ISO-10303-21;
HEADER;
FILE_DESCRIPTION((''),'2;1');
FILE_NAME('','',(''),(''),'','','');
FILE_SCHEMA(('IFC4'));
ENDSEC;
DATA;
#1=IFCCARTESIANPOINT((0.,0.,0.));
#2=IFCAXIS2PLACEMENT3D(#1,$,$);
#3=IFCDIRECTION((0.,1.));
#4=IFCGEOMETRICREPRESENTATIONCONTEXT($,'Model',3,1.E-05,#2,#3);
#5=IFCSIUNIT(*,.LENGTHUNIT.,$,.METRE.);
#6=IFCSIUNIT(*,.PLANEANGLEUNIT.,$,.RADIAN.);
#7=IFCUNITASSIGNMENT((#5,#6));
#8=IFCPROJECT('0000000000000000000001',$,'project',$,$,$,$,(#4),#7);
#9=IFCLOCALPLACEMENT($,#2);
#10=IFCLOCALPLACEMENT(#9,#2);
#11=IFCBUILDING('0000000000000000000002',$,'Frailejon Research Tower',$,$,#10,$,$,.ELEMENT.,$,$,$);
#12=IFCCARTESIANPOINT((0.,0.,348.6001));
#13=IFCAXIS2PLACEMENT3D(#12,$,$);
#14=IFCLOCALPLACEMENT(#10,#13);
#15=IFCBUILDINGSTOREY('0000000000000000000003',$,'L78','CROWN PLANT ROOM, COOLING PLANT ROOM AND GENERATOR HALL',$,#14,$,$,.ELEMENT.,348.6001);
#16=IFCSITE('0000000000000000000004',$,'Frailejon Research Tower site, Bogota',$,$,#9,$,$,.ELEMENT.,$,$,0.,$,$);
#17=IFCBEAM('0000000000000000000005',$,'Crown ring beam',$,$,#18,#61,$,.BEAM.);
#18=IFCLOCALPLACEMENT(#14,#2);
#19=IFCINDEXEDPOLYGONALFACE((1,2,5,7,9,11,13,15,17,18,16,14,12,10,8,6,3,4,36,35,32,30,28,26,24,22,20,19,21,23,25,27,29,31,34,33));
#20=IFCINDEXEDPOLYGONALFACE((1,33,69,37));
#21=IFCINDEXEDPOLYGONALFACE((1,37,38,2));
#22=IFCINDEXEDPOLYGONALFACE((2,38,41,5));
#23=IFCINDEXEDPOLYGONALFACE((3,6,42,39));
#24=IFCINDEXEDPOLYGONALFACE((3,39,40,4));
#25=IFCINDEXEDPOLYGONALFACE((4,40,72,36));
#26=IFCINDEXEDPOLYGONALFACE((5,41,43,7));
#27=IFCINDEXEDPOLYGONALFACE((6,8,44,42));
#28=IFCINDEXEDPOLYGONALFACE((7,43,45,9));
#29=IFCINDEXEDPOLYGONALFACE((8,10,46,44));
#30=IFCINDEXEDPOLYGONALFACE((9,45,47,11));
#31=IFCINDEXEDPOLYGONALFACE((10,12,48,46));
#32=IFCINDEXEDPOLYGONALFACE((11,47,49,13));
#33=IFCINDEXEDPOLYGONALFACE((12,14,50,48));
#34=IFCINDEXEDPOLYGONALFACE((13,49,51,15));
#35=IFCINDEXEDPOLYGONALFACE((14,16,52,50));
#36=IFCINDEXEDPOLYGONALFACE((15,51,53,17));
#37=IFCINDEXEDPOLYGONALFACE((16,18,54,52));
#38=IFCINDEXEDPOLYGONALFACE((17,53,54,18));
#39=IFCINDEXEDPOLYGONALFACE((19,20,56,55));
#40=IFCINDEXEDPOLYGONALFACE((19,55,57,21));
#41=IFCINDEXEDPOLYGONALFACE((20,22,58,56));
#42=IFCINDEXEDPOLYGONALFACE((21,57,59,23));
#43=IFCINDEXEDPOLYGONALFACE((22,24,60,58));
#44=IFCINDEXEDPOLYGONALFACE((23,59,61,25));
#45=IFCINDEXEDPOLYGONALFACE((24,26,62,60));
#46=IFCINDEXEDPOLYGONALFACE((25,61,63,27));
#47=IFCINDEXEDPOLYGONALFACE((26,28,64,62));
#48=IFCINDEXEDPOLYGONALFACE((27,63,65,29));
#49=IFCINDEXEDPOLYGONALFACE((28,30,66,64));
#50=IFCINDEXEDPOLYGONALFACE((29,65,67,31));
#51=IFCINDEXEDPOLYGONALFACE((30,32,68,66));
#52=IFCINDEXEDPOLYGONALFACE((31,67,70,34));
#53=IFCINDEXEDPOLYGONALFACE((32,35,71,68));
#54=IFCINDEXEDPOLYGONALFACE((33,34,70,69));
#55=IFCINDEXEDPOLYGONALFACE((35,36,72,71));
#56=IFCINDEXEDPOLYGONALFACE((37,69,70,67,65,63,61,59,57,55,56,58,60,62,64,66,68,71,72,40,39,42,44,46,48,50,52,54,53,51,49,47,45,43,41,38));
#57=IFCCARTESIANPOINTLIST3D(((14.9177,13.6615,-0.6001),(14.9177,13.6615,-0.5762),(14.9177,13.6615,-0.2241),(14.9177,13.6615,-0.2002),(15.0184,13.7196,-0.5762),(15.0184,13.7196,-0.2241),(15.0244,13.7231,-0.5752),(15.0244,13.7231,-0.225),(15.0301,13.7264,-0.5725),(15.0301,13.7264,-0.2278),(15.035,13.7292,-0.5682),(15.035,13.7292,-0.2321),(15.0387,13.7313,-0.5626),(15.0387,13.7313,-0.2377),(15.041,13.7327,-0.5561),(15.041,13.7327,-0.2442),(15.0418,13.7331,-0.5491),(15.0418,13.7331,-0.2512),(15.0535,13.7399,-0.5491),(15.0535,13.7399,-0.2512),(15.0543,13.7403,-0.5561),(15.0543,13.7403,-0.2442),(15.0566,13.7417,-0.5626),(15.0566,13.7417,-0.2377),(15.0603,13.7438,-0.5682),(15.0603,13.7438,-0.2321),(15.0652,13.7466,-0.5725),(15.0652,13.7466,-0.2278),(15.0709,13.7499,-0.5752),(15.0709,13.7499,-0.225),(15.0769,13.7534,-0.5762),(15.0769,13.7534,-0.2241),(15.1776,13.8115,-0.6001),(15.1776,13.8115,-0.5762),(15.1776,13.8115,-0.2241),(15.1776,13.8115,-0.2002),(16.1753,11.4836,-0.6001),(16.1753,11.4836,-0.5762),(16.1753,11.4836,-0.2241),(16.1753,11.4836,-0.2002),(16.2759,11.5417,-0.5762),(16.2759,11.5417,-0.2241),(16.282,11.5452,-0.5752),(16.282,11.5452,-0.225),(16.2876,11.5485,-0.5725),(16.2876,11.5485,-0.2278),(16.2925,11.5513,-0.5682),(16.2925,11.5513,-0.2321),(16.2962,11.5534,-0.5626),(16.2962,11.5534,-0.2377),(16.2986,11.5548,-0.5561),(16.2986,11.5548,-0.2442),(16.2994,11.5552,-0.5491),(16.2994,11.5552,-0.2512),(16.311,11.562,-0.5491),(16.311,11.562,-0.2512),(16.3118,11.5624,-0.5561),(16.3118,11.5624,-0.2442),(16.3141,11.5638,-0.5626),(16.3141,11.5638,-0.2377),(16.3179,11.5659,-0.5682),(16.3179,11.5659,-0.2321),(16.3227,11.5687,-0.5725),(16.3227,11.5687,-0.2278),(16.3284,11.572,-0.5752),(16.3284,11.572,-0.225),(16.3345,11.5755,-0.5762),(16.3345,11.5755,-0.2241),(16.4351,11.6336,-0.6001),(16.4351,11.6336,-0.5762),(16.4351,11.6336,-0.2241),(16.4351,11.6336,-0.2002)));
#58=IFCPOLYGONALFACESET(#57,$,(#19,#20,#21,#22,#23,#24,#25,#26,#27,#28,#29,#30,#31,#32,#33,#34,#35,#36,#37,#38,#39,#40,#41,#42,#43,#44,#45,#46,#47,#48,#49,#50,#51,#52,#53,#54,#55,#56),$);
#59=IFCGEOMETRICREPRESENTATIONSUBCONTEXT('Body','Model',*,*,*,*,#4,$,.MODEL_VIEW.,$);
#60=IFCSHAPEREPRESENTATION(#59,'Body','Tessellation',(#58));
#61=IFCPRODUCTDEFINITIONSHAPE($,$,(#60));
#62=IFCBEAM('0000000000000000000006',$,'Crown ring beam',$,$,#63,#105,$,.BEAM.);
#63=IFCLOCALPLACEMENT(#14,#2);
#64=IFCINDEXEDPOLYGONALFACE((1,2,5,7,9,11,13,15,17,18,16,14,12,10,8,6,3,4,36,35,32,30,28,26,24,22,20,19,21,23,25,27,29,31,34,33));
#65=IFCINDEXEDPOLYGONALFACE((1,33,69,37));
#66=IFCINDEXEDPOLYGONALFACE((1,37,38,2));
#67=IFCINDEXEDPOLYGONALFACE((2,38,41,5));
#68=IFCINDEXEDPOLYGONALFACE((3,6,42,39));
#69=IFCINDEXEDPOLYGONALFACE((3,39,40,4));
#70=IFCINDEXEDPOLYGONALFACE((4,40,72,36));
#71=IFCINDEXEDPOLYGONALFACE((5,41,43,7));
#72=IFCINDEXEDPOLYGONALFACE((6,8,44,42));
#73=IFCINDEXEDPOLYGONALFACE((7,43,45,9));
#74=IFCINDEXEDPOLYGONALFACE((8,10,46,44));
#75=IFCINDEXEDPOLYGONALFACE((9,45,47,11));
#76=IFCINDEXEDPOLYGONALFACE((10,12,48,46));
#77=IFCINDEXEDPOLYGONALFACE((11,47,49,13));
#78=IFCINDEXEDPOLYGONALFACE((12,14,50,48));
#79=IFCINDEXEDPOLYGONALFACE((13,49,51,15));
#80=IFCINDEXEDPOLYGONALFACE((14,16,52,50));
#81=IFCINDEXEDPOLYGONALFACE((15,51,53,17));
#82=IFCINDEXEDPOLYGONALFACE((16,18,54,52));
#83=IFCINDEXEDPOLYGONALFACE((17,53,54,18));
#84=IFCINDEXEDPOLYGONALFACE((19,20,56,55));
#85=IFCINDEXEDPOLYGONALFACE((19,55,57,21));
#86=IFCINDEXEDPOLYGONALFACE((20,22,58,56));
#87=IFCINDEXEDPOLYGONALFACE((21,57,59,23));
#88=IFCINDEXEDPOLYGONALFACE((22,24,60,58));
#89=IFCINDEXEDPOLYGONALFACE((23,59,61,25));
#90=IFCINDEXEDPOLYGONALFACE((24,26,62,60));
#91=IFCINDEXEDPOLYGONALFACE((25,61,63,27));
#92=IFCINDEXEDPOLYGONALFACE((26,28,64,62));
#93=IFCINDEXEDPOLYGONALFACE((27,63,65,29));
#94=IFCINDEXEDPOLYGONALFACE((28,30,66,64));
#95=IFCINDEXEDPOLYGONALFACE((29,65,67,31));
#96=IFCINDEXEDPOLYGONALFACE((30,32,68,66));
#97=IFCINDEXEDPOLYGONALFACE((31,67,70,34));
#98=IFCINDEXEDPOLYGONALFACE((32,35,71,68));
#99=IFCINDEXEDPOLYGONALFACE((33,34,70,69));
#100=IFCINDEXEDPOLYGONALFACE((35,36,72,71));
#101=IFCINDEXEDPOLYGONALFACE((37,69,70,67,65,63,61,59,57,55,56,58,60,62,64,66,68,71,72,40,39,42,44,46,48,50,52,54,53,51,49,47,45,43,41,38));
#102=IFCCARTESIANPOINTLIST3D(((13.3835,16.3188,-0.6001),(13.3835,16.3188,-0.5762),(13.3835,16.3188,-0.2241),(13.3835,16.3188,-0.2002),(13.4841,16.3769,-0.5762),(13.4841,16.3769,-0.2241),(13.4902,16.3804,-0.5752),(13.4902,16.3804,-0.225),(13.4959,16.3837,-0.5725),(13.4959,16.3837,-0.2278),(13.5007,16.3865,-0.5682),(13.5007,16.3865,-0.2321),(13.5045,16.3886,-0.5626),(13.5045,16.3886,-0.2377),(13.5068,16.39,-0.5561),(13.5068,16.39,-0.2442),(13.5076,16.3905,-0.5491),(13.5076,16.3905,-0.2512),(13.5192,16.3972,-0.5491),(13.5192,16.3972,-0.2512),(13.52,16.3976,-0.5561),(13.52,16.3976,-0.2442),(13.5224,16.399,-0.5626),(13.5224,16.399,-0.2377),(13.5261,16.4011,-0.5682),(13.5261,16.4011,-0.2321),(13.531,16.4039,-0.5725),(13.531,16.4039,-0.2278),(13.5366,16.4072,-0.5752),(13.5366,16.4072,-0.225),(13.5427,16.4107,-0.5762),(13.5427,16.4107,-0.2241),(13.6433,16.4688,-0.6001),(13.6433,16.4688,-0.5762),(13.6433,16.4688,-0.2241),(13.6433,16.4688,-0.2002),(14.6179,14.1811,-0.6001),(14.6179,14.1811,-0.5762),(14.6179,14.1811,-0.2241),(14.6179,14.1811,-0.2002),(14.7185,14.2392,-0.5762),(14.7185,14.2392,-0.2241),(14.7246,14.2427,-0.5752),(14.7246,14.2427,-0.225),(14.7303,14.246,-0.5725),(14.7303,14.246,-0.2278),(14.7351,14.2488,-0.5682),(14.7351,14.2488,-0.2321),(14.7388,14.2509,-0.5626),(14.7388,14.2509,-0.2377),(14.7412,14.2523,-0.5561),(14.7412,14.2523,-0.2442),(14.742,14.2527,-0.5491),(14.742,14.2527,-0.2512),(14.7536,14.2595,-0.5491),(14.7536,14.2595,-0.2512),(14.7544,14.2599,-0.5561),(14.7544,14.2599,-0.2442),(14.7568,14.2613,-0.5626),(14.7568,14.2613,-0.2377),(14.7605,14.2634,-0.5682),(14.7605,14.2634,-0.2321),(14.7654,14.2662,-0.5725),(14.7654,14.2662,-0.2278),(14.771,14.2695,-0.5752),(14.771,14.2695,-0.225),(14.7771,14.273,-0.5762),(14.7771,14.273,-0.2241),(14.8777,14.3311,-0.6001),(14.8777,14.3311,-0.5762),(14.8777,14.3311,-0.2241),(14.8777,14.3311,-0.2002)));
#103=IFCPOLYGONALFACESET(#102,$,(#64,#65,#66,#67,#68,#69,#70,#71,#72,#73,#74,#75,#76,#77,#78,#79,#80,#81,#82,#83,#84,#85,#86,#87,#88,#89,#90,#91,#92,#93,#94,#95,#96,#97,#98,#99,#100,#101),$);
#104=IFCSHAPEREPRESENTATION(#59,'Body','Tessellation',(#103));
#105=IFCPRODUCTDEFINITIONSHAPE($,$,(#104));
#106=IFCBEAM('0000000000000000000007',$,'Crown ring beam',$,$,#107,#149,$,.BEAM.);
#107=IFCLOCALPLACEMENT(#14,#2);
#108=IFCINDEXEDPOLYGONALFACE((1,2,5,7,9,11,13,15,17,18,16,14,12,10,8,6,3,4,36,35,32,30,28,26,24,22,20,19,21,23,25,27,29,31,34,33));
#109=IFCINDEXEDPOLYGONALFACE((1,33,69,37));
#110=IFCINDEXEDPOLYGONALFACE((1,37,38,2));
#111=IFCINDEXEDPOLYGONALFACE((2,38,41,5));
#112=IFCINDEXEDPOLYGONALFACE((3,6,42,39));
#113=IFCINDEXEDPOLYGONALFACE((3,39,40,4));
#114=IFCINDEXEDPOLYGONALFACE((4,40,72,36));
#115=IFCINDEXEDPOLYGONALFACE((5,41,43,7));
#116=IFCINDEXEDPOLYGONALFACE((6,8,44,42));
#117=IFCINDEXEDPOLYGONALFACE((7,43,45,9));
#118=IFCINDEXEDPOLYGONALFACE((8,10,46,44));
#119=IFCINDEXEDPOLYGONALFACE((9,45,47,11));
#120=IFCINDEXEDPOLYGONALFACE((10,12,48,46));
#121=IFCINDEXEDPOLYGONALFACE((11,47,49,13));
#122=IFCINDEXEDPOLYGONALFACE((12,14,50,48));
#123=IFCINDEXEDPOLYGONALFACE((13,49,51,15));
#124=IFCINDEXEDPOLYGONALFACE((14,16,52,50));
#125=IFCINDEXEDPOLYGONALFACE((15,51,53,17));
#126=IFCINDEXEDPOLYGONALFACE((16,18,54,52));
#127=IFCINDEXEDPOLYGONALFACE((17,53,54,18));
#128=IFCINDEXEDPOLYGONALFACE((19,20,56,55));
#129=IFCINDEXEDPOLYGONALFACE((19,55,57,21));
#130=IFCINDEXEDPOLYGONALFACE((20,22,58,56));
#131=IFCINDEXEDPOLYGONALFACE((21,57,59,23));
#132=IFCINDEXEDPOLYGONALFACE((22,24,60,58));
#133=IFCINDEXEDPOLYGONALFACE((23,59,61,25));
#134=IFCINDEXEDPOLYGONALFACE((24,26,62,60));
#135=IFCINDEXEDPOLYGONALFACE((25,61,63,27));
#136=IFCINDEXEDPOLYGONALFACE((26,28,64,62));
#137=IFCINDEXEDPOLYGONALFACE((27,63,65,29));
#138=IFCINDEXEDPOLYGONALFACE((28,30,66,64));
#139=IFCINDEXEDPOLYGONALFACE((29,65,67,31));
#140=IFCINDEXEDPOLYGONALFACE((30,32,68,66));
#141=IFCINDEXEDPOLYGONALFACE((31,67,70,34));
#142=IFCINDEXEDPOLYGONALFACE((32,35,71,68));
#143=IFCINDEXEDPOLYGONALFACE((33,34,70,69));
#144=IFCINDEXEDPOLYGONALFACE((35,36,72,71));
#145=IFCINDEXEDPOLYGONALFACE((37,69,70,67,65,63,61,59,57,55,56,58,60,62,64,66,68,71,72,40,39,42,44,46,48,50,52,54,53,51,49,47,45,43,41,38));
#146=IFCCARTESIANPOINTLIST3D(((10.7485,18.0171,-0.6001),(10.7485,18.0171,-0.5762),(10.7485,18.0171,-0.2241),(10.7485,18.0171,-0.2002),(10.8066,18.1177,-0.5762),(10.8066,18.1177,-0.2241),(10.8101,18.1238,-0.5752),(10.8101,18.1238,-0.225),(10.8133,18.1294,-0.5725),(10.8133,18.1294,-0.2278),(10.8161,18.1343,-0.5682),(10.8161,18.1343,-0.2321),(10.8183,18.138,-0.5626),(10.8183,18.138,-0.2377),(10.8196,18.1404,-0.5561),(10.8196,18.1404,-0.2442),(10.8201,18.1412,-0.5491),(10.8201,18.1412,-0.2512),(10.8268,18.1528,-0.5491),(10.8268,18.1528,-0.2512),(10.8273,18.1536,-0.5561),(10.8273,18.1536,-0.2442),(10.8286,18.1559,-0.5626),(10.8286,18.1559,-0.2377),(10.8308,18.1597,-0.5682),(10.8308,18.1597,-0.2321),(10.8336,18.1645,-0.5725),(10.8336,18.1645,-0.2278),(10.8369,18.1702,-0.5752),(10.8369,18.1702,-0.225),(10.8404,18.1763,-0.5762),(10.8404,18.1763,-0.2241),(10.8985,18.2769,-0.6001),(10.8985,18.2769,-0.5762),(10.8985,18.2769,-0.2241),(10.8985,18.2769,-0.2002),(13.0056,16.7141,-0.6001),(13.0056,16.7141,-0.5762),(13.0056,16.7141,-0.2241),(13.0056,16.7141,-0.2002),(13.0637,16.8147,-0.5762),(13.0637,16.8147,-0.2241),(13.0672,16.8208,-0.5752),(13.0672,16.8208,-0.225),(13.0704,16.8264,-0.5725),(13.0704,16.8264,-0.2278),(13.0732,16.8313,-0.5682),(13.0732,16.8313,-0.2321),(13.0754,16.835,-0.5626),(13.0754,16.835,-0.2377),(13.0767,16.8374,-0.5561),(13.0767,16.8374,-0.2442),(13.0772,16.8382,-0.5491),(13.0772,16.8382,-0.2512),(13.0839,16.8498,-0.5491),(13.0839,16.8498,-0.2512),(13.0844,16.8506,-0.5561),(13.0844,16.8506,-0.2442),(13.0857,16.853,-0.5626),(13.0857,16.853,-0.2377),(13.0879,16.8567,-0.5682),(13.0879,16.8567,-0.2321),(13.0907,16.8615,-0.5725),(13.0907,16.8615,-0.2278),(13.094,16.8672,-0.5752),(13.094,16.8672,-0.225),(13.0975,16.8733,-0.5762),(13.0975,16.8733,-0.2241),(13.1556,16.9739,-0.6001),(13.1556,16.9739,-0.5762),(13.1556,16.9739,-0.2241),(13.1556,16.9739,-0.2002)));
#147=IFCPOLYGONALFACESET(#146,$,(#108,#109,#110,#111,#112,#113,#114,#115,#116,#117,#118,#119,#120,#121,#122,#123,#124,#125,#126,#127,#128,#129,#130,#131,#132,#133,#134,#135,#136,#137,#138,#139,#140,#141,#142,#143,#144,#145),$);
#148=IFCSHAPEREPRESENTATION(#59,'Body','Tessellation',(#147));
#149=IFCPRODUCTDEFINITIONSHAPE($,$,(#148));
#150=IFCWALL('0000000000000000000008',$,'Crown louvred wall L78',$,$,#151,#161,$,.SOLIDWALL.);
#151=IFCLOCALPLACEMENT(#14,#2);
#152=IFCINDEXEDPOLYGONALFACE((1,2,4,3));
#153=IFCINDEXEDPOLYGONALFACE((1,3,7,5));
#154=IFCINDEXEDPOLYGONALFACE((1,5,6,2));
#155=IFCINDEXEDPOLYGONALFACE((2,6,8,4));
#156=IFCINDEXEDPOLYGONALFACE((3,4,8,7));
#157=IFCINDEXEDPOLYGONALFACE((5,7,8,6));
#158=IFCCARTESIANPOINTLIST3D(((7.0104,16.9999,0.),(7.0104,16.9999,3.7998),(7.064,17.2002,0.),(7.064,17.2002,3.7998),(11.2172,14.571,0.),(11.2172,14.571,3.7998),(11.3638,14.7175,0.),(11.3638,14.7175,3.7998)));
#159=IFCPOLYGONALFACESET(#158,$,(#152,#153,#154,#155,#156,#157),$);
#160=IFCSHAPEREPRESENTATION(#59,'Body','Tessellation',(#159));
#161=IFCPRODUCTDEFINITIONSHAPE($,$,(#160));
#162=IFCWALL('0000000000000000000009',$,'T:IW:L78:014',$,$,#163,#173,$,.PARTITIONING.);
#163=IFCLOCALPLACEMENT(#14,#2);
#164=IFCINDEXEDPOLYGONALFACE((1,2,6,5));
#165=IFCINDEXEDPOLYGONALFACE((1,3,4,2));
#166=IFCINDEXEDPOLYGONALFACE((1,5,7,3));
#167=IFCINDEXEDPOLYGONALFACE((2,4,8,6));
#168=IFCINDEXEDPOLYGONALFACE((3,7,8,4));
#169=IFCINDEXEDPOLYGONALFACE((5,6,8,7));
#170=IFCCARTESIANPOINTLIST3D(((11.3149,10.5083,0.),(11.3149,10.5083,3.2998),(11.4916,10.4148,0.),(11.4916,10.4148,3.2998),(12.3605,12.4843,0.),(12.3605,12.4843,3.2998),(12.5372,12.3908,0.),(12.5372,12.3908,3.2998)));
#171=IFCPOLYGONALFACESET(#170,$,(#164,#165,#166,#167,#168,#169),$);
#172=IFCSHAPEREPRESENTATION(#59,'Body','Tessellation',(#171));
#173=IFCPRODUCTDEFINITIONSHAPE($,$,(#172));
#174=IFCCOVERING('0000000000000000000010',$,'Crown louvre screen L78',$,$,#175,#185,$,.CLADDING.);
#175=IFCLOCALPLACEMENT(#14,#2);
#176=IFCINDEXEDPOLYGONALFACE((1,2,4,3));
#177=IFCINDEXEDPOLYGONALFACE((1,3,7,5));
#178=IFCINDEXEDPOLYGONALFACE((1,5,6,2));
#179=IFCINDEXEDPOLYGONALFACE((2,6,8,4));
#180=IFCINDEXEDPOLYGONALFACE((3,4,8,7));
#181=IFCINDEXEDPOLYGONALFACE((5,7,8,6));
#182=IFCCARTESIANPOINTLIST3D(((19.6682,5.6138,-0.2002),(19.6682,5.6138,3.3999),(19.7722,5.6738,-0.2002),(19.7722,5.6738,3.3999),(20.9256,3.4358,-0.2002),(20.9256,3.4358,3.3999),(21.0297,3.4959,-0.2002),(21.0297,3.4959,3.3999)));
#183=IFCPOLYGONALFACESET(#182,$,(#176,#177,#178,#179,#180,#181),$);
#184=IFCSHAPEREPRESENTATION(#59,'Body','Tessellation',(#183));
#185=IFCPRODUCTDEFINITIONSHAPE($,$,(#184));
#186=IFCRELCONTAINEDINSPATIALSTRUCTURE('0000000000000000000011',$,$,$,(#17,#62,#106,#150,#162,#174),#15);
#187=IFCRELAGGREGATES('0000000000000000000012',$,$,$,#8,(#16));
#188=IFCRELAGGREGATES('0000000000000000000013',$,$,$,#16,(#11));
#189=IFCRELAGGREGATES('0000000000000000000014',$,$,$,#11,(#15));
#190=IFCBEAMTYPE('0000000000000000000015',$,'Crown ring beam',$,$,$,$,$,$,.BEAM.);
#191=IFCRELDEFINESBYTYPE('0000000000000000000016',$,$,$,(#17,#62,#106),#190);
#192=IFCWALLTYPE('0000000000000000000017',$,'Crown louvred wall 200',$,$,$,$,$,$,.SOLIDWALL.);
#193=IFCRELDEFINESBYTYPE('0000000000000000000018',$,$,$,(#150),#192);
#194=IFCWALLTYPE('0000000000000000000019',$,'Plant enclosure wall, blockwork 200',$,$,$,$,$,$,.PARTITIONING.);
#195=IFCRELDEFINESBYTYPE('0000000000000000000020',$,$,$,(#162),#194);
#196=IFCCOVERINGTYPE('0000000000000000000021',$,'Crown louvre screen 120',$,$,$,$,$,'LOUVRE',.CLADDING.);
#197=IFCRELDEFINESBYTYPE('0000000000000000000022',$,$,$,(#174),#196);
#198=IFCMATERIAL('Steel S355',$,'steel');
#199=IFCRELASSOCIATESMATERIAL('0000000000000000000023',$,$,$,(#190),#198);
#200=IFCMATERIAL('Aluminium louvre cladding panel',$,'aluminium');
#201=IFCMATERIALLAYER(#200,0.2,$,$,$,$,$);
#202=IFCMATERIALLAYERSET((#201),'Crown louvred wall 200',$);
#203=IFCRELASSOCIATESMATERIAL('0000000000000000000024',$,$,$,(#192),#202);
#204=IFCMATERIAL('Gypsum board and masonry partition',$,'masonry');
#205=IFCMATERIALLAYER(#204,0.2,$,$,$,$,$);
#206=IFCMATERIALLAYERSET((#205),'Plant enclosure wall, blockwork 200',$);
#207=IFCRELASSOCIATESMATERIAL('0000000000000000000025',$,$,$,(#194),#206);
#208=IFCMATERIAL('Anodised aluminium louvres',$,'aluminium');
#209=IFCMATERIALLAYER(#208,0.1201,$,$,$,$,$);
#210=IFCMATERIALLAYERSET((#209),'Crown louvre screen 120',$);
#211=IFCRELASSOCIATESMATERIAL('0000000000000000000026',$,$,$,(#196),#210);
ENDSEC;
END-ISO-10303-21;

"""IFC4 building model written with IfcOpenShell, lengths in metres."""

from ifc_helpers import new_model, si_unit, direction, frame, frame_2d, origin, origin_2d, place, context, subcontext, project, spatial, polyline, rectangle, i_section, outline, extrude, material, layer, layer_set, material_profile, profile_set, type_object, element, save


model = new_model("IFC4")

# Units and contexts
model_context = context("Model", 3, precision=1e-05, world=origin(), true_north=direction((0.0, 1.0)))
body_context = subcontext(model_context, "Body", "Model", "MODEL_VIEW")
ifc_project = project(units=[si_unit("LENGTHUNIT", "METRE"), si_unit("PLANEANGLEUNIT", "RADIAN")], contexts=[model_context])

# Site, building, storey
site_placement = place(None, origin())
site = spatial("IfcSite", under=ifc_project, at=site_placement, Name="Frailejon Research Tower site, Bogota", CompositionType="ELEMENT", RefElevation=0.0)
building_placement = place(site_placement, origin())
building = spatial("IfcBuilding", under=site, at=building_placement, Name="Frailejon Research Tower", CompositionType="ELEMENT")
storey_placement = place(building_placement, frame((0.0, 0.0, 348.6001)))
storey = spatial("IfcBuildingStorey", under=building, at=storey_placement, Name="L78", Description="CROWN PLANT ROOM, COOLING PLANT ROOM AND GENERATOR HALL", CompositionType="ELEMENT", Elevation=348.6001)

# Beams
ifc_material_1 = material(Name="Steel S355", Category="steel")
ifc_material_profile_1 = material_profile(ifc_material_1, i_section(OverallWidth=0.3, OverallDepth=0.3999, WebThickness=0.0134, FlangeThickness=0.0239, FilletRadius=0.0271, at=origin_2d()), Name="HE 400 B")
ifc_profile_set_1 = profile_set([ifc_material_profile_1], Name="Steel S355")
beam_type_1 = type_object("IfcBeamType", Name="Crown ring beam", PredefinedType="BEAM", material=ifc_profile_set_1)
for number, where, z_axis, x_axis, name in (
    (1, (16.3052, 11.5586, -0.4001), (-0.500033, 0.866006, 0.0), (-0.866006, -0.500033, 0.0), "Crown ring beam"),
):
    element("IfcBeam", number, at=place(storey_placement, frame(where, z_axis=z_axis, x_axis=x_axis)), inside=storey, type_object=beam_type_1, Name=name, PredefinedType="BEAM", context=body_context, shape_type="SweptSolid", body=[
        extrude(i_section(OverallWidth=0.3, OverallDepth=0.3999, WebThickness=0.0134, FlangeThickness=0.0239, FilletRadius=0.0271, at=origin_2d()), origin(), (0.0, 0.0, 1.0), 2.5149),
    ])
beam_1_placement = place(storey_placement, frame((14.7478, 14.2561, -0.4001), z_axis=(-0.500053, 0.865995, 0.0), x_axis=(-0.865995, -0.500053, 0.0)))
element("IfcBeam", 2, at=beam_1_placement, inside=storey, type_object=beam_type_1, Name="Crown ring beam", PredefinedType="BEAM", context=body_context, shape_type="SweptSolid", body=[
    extrude(i_section(OverallWidth=0.3, OverallDepth=0.3999, WebThickness=0.0134, FlangeThickness=0.0239, FilletRadius=0.0271, at=origin_2d()), origin(), (0.0, 0.0, 1.0), 2.4685),
])
beam_2_placement = place(storey_placement, frame((13.0806, 16.844, -0.4001), z_axis=(-0.86605, 0.499958, 0.0), x_axis=(-0.499958, -0.86605, 0.0)))
element("IfcBeam", 3, at=beam_2_placement, inside=storey, type_object=beam_type_1, Name="Crown ring beam", PredefinedType="BEAM", context=body_context, shape_type="SweptSolid", body=[
    extrude(i_section(OverallWidth=0.3, OverallDepth=0.3999, WebThickness=0.0134, FlangeThickness=0.0239, FilletRadius=0.0271, at=origin_2d()), origin(), (0.0, 0.0, 1.0), 2.6062),
])

# Walls
ifc_material_2 = material(Name="Aluminium louvre cladding panel", Category="aluminium")
ifc_layer_1 = layer(ifc_material_2, 0.2)
ifc_layer_set_1 = layer_set([ifc_layer_1], Name="Crown louvred wall 200")
wall_type_1 = type_object("IfcWallType", Name="Crown louvred wall 200", PredefinedType="SOLIDWALL", material=ifc_layer_set_1)
wall_1_placement = place(storey_placement, frame((11.2905, 14.6443, 0.0), z_axis=(0.0, 0.0, 1.0), x_axis=(-0.866017, 0.500015, 0.0)))
element("IfcWall", 4, at=wall_1_placement, inside=storey, type_object=wall_type_1, Name="Crown louvred wall L78", PredefinedType="SOLIDWALL", context=body_context, shape_type="SweptSolid", body=[
    extrude(outline(polyline([(-0.0269, -0.1001), (4.9382, -0.1001), (4.8845, 0.1001), (0.0269, 0.1001), (-0.0269, -0.1001)])), origin(), (0.0, 0.0, 1.0), 3.7998),
])
ifc_material_3 = material(Name="Gypsum board and masonry partition", Category="masonry")
ifc_layer_2 = layer(ifc_material_3, 0.2)
ifc_layer_set_2 = layer_set([ifc_layer_2], Name="Plant enclosure wall, blockwork 200")
wall_type_2 = type_object("IfcWallType", Name="Plant enclosure wall, blockwork 200", PredefinedType="PARTITIONING", material=ifc_layer_set_2)
wall_2_placement = place(storey_placement, frame((11.4033, 10.4617, 0.0), z_axis=(0.0, 0.0, 1.0), x_axis=(0.467712, 0.883881, 0.0)))
element("IfcWall", 5, at=wall_2_placement, inside=storey, type_object=wall_type_2, Name="T:IW:L78:014", PredefinedType="PARTITIONING", context=body_context, shape_type="SweptSolid", body=[
    extrude(rectangle(XDim=2.2356, YDim=0.2, at=frame_2d((1.1177, 0.0))), origin(), (0.0, 0.0, 1.0), 3.2998),
])

# Covering
ifc_material_4 = material(Name="Anodised aluminium louvres", Category="aluminium")
ifc_layer_3 = layer(ifc_material_4, 0.1201)
ifc_layer_set_3 = layer_set([ifc_layer_3], Name="Crown louvre screen 120")
covering_type = type_object("IfcCoveringType", Name="Crown louvre screen 120", ElementType="LOUVRE", PredefinedType="CLADDING", material=ifc_layer_set_3)
for number, where, z_axis, x_axis, name in (
    (6, (19.7202, 5.6438, -0.2002), (0.499997, -0.866027, 0.0), (0.866027, 0.499997, 0.0), "Crown louvre screen L78"),
):
    element("IfcCovering", number, at=place(storey_placement, frame(where, z_axis=z_axis, x_axis=x_axis)), inside=storey, type_object=covering_type, Name=name, PredefinedType="CLADDING", context=body_context, shape_type="SweptSolid", body=[
        extrude(outline(polyline([(-0.0601, 0.0), (0.0601, 0.0), (0.0601, 3.6001), (-0.0601, 3.6001), (-0.0601, 0.0)])), origin(), (0.0, 0.0, 1.0), 2.5149),
    ])

save(model, "model.ifc")
